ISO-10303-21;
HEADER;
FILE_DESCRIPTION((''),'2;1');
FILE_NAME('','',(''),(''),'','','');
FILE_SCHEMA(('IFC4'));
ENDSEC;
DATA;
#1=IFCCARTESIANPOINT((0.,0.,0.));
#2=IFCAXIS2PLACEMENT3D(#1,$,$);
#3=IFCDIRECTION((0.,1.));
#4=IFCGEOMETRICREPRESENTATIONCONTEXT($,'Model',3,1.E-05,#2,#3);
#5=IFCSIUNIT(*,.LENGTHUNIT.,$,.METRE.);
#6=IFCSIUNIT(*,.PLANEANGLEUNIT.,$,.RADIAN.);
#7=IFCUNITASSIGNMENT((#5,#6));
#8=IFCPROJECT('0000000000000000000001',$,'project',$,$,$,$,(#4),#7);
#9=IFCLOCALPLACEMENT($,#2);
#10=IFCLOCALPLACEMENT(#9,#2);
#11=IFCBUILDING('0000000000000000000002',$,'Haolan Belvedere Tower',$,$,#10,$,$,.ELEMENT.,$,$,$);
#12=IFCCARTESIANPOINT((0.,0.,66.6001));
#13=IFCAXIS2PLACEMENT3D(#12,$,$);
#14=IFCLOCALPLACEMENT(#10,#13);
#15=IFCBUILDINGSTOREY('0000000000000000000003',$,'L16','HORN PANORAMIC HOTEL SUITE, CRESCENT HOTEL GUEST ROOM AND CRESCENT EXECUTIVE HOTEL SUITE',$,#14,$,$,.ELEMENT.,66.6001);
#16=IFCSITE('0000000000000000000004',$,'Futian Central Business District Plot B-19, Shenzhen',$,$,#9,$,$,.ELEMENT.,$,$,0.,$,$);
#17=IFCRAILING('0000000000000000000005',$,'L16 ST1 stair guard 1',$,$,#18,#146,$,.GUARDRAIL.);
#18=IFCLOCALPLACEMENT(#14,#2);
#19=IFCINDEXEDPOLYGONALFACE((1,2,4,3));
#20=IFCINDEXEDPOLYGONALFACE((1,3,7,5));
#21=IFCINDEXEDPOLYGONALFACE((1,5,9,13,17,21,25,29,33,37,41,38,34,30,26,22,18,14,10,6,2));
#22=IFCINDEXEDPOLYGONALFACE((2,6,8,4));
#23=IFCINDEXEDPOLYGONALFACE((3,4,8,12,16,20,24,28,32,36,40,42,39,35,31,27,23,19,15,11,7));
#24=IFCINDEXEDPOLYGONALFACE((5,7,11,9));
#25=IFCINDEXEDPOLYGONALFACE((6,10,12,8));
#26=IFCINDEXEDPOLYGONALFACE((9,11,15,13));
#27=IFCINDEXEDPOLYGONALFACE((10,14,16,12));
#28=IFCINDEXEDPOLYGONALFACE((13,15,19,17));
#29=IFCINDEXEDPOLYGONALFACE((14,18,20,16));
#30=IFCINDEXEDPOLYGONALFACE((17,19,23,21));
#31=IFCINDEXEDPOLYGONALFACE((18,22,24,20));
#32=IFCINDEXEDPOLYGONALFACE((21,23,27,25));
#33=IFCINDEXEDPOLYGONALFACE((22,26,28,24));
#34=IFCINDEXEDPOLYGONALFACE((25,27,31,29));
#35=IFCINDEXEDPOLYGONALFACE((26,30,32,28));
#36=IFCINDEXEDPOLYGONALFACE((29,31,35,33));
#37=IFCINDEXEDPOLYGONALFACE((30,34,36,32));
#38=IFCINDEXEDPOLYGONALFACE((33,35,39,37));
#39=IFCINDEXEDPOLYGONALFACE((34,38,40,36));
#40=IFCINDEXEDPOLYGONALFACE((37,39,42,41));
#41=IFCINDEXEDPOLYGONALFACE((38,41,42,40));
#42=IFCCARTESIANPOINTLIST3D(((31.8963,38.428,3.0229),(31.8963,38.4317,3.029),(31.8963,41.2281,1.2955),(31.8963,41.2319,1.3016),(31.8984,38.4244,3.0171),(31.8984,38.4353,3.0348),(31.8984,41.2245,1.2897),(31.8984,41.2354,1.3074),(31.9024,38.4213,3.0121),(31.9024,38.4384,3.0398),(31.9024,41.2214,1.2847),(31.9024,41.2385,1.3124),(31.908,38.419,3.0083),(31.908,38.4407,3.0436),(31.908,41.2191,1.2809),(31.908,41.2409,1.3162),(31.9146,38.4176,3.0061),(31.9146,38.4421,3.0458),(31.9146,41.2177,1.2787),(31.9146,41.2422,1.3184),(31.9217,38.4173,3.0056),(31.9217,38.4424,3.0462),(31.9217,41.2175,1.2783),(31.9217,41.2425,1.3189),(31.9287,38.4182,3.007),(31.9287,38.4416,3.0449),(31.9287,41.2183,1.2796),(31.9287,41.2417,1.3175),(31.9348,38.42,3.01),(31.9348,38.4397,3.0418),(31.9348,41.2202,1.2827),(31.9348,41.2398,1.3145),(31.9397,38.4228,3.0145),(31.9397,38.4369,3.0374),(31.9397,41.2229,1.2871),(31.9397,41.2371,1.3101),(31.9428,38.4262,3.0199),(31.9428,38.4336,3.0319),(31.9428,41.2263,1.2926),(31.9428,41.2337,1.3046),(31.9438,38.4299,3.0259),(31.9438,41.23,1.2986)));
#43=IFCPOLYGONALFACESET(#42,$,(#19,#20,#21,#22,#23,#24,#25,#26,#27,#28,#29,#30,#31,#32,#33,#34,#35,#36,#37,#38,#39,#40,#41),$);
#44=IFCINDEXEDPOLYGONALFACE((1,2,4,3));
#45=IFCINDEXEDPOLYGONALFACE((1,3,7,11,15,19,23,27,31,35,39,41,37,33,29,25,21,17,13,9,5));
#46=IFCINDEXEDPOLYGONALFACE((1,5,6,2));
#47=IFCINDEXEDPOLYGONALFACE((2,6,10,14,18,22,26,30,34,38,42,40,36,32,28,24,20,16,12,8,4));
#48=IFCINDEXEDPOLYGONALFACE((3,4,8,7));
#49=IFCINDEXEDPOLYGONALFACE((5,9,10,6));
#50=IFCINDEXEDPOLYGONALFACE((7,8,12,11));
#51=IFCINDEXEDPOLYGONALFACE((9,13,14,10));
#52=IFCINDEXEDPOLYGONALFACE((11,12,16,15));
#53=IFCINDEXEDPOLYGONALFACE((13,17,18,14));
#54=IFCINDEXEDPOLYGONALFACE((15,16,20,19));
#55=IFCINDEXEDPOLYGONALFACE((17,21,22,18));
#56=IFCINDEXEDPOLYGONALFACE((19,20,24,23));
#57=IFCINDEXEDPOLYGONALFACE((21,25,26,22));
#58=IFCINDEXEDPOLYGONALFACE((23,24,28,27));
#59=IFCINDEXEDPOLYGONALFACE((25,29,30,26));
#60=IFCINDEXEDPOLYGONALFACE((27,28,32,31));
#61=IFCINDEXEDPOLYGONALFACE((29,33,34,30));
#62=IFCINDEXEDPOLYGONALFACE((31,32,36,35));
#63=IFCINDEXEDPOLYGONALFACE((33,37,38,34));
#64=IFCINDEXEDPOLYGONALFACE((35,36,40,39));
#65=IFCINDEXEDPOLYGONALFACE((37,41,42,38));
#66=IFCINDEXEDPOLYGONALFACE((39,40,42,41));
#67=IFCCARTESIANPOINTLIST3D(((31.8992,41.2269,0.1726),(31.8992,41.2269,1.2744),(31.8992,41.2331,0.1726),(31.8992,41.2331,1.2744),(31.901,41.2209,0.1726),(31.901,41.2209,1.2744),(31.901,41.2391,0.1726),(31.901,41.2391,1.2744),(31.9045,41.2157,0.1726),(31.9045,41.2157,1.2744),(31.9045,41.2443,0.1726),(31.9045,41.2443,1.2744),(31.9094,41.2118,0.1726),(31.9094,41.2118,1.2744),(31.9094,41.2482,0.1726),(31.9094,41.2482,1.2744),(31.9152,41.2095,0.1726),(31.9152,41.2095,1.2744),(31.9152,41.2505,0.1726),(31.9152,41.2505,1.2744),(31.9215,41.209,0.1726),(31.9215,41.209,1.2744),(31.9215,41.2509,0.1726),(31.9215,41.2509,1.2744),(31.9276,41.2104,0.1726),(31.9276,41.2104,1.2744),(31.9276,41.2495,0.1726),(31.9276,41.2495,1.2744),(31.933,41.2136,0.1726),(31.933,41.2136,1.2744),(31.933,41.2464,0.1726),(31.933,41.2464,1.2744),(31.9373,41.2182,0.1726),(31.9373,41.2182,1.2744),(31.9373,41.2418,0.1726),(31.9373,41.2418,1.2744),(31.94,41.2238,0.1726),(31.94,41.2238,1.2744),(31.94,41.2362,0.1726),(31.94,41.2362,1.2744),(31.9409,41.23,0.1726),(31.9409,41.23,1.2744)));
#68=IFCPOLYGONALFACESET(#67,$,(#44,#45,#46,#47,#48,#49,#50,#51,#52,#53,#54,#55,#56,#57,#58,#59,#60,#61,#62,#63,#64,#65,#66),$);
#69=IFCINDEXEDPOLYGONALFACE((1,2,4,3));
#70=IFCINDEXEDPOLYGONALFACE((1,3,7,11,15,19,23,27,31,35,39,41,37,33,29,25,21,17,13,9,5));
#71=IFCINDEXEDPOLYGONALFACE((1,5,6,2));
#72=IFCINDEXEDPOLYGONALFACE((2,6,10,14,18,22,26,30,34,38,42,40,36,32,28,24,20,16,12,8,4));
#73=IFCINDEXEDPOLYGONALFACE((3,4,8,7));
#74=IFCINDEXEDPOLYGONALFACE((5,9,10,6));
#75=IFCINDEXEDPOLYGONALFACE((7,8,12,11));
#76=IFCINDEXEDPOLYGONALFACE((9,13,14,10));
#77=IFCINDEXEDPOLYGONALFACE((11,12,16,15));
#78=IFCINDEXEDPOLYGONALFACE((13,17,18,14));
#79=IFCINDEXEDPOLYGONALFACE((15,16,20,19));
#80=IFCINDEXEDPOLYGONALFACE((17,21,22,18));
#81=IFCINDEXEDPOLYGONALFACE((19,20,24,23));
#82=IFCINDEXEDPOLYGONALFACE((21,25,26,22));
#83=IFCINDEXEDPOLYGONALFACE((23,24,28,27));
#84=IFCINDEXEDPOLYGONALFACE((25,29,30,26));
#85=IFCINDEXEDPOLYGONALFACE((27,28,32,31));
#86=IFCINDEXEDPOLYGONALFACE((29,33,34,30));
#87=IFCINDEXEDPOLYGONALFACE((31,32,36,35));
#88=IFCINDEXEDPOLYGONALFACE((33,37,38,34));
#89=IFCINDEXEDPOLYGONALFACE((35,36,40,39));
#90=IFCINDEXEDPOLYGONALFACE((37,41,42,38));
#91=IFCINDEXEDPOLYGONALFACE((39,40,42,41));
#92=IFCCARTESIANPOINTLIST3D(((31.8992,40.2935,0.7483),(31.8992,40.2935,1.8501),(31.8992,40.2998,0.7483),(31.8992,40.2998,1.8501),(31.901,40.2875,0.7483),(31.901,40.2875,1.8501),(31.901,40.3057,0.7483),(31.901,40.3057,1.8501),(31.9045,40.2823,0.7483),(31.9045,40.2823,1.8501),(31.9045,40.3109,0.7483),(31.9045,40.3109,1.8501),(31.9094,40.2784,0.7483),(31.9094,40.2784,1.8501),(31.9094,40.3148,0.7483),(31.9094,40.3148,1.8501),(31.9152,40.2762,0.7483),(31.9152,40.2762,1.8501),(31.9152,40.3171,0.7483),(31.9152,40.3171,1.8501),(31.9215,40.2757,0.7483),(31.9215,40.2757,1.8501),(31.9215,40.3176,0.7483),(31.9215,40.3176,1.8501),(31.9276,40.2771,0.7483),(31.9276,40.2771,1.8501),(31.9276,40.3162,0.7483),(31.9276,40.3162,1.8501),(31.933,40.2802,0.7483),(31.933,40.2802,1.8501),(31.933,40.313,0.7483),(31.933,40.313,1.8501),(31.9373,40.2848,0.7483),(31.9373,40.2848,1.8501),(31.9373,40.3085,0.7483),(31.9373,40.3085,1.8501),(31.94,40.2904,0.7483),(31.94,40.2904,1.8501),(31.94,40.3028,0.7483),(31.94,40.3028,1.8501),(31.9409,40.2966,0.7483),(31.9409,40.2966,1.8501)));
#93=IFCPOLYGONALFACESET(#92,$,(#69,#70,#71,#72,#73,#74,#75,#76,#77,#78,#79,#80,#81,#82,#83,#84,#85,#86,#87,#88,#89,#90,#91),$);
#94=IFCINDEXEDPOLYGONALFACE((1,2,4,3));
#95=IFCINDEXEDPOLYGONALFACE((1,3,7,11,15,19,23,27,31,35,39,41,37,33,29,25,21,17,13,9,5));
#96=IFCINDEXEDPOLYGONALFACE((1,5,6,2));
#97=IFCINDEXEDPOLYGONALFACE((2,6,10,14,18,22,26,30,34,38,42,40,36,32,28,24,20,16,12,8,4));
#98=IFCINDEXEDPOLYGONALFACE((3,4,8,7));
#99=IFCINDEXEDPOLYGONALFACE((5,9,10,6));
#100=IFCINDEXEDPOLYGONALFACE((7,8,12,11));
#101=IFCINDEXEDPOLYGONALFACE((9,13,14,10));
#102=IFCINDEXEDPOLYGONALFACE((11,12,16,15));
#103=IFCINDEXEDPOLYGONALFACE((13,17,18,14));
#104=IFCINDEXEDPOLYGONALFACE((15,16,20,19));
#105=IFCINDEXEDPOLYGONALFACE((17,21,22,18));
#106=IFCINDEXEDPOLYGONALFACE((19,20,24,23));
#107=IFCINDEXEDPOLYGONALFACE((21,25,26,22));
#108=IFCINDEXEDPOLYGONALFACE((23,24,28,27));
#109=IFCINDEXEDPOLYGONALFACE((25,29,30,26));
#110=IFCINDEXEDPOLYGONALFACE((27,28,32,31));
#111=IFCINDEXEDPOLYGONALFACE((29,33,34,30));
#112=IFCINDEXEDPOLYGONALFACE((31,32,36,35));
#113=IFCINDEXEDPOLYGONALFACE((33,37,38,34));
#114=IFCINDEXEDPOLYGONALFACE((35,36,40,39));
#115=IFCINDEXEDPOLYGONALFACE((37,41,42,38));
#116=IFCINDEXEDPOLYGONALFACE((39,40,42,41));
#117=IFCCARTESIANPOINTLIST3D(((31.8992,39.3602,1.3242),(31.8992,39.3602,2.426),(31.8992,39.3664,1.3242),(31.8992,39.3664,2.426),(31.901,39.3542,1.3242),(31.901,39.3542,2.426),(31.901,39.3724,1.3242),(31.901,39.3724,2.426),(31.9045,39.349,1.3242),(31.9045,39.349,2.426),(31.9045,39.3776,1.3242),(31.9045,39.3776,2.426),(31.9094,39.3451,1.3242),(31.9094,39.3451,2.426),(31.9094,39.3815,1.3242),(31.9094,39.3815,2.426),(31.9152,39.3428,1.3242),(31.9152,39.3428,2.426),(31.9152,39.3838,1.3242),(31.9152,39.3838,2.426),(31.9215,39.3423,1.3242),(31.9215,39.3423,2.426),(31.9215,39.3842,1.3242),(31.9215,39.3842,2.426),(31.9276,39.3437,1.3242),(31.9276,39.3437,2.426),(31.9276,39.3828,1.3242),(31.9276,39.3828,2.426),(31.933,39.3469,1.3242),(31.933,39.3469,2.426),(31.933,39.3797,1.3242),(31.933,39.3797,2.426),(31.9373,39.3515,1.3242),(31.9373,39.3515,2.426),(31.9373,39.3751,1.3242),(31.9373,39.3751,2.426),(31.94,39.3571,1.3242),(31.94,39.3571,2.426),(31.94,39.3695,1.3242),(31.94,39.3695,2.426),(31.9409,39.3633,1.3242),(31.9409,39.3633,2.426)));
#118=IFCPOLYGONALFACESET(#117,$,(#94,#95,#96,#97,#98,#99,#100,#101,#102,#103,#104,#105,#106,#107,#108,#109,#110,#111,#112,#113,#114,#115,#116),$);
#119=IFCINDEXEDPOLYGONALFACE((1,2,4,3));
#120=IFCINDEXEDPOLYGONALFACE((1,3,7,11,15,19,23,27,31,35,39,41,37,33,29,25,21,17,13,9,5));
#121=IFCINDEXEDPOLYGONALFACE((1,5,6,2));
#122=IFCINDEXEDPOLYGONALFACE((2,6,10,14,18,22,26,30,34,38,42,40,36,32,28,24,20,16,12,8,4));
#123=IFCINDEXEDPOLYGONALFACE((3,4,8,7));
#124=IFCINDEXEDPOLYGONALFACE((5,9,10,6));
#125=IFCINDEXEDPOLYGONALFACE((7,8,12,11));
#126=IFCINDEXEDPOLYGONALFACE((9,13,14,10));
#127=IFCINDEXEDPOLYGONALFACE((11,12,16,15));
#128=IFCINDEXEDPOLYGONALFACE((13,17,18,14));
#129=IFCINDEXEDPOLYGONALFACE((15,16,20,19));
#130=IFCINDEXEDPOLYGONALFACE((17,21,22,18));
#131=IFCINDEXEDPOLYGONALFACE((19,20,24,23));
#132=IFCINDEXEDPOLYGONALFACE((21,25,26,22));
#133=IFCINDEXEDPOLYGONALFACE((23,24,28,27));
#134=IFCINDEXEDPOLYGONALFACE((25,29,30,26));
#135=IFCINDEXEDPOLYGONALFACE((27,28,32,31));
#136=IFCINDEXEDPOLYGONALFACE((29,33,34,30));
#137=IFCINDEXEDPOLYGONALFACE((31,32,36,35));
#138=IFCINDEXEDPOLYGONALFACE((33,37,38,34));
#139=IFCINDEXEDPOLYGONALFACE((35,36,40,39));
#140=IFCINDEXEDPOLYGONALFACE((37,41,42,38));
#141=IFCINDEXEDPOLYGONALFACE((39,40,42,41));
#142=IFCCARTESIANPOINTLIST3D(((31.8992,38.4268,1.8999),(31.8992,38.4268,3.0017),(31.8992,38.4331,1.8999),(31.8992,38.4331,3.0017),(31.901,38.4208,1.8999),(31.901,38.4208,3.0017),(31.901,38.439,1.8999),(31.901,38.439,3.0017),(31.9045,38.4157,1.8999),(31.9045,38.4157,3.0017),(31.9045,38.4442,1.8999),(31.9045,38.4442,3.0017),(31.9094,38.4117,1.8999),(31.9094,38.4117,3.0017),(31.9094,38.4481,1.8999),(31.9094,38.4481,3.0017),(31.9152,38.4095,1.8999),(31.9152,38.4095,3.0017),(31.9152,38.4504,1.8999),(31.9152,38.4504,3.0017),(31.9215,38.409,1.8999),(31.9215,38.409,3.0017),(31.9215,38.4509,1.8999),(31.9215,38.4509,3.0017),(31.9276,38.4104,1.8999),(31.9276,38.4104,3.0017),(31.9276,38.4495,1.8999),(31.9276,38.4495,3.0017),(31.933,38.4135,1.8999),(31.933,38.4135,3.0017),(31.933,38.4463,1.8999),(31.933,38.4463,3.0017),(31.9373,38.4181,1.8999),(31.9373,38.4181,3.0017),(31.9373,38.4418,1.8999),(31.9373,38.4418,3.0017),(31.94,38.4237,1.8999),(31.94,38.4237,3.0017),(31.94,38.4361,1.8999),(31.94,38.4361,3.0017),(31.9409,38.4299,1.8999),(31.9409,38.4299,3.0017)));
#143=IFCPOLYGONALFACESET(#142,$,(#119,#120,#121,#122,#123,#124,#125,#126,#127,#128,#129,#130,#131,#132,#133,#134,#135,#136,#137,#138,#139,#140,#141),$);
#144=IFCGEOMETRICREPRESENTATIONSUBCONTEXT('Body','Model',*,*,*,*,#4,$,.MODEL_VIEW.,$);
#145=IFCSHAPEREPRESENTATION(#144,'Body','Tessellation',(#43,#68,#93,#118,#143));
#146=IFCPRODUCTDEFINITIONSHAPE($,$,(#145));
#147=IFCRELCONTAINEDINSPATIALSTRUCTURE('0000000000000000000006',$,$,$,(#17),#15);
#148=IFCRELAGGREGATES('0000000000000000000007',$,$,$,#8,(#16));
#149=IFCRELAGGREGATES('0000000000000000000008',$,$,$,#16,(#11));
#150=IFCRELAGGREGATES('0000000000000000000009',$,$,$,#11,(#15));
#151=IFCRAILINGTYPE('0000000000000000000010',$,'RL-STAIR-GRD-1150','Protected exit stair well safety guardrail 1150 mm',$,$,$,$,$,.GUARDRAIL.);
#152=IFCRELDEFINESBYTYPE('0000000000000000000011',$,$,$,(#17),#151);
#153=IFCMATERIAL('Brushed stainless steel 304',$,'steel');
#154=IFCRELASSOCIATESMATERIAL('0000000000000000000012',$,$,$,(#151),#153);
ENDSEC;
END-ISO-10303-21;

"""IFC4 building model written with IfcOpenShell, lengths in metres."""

from ifc_helpers import new_model, si_unit, direction, frame, origin, origin_2d, place, context, subcontext, project, spatial, circle, extrude, material, type_object, element, save


model = new_model("IFC4")

# Units and contexts
model_context = context("Model", 3, precision=1e-05, world=origin(), true_north=direction((0.0, 1.0)))
body_context = subcontext(model_context, "Body", "Model", "MODEL_VIEW")
ifc_project = project(units=[si_unit("LENGTHUNIT", "METRE"), si_unit("PLANEANGLEUNIT", "RADIAN")], contexts=[model_context])

# Site, building, storey
site_placement = place(None, origin())
site = spatial("IfcSite", under=ifc_project, at=site_placement, Name="Futian Central Business District Plot B-19, Shenzhen", CompositionType="ELEMENT", RefElevation=0.0)
building_placement = place(site_placement, origin())
building = spatial("IfcBuilding", under=site, at=building_placement, Name="Haolan Belvedere Tower", CompositionType="ELEMENT")
storey_placement = place(building_placement, frame((0.0, 0.0, 66.6001)))
storey = spatial("IfcBuildingStorey", under=building, at=storey_placement, Name="L16", Description="HORN PANORAMIC HOTEL SUITE, CRESCENT HOTEL GUEST ROOM AND CRESCENT EXECUTIVE HOTEL SUITE", CompositionType="ELEMENT", Elevation=66.6001)

# Railing
ifc_material_1 = material(Name="Brushed stainless steel 304", Category="steel")
railing_type_1 = type_object("IfcRailingType", Name="RL-STAIR-GRD-1150", Description="Protected exit stair well safety guardrail 1150 mm", PredefinedType="GUARDRAIL", material=ifc_material_1)
railing_1_placement = place(storey_placement, frame((31.9199, 41.23, 0.1726)))
element("IfcRailing", 1, at=railing_1_placement, inside=storey, type_object=railing_type_1, Name="L16 ST1 stair guard 1", PredefinedType="GUARDRAIL", context=body_context, shape_type="SweptSolid", body=[
    extrude(circle(Radius=0.0239, at=origin_2d()), frame((0.0, 0.0, 1.126), z_axis=(0.0, -0.85109, 0.52502), x_axis=(1.0, 0.0, 0.0)), (0.0, 0.0, 1.0), 3.29),
    extrude(circle(Radius=0.021, at=origin_2d()), origin(), (0.0, 0.0, 1.0), 1.1018),
    extrude(circle(Radius=0.021, at=origin_2d()), frame((0.0, -0.9333, 0.5757)), (0.0, 0.0, 1.0), 1.1018),
    extrude(circle(Radius=0.021, at=origin_2d()), frame((0.0, -1.8667, 1.1516)), (0.0, 0.0, 1.0), 1.1018),
    extrude(circle(Radius=0.021, at=origin_2d()), frame((0.0, -2.8, 1.7273)), (0.0, 0.0, 1.0), 1.1018),
])

save(model, "model.ifc")
